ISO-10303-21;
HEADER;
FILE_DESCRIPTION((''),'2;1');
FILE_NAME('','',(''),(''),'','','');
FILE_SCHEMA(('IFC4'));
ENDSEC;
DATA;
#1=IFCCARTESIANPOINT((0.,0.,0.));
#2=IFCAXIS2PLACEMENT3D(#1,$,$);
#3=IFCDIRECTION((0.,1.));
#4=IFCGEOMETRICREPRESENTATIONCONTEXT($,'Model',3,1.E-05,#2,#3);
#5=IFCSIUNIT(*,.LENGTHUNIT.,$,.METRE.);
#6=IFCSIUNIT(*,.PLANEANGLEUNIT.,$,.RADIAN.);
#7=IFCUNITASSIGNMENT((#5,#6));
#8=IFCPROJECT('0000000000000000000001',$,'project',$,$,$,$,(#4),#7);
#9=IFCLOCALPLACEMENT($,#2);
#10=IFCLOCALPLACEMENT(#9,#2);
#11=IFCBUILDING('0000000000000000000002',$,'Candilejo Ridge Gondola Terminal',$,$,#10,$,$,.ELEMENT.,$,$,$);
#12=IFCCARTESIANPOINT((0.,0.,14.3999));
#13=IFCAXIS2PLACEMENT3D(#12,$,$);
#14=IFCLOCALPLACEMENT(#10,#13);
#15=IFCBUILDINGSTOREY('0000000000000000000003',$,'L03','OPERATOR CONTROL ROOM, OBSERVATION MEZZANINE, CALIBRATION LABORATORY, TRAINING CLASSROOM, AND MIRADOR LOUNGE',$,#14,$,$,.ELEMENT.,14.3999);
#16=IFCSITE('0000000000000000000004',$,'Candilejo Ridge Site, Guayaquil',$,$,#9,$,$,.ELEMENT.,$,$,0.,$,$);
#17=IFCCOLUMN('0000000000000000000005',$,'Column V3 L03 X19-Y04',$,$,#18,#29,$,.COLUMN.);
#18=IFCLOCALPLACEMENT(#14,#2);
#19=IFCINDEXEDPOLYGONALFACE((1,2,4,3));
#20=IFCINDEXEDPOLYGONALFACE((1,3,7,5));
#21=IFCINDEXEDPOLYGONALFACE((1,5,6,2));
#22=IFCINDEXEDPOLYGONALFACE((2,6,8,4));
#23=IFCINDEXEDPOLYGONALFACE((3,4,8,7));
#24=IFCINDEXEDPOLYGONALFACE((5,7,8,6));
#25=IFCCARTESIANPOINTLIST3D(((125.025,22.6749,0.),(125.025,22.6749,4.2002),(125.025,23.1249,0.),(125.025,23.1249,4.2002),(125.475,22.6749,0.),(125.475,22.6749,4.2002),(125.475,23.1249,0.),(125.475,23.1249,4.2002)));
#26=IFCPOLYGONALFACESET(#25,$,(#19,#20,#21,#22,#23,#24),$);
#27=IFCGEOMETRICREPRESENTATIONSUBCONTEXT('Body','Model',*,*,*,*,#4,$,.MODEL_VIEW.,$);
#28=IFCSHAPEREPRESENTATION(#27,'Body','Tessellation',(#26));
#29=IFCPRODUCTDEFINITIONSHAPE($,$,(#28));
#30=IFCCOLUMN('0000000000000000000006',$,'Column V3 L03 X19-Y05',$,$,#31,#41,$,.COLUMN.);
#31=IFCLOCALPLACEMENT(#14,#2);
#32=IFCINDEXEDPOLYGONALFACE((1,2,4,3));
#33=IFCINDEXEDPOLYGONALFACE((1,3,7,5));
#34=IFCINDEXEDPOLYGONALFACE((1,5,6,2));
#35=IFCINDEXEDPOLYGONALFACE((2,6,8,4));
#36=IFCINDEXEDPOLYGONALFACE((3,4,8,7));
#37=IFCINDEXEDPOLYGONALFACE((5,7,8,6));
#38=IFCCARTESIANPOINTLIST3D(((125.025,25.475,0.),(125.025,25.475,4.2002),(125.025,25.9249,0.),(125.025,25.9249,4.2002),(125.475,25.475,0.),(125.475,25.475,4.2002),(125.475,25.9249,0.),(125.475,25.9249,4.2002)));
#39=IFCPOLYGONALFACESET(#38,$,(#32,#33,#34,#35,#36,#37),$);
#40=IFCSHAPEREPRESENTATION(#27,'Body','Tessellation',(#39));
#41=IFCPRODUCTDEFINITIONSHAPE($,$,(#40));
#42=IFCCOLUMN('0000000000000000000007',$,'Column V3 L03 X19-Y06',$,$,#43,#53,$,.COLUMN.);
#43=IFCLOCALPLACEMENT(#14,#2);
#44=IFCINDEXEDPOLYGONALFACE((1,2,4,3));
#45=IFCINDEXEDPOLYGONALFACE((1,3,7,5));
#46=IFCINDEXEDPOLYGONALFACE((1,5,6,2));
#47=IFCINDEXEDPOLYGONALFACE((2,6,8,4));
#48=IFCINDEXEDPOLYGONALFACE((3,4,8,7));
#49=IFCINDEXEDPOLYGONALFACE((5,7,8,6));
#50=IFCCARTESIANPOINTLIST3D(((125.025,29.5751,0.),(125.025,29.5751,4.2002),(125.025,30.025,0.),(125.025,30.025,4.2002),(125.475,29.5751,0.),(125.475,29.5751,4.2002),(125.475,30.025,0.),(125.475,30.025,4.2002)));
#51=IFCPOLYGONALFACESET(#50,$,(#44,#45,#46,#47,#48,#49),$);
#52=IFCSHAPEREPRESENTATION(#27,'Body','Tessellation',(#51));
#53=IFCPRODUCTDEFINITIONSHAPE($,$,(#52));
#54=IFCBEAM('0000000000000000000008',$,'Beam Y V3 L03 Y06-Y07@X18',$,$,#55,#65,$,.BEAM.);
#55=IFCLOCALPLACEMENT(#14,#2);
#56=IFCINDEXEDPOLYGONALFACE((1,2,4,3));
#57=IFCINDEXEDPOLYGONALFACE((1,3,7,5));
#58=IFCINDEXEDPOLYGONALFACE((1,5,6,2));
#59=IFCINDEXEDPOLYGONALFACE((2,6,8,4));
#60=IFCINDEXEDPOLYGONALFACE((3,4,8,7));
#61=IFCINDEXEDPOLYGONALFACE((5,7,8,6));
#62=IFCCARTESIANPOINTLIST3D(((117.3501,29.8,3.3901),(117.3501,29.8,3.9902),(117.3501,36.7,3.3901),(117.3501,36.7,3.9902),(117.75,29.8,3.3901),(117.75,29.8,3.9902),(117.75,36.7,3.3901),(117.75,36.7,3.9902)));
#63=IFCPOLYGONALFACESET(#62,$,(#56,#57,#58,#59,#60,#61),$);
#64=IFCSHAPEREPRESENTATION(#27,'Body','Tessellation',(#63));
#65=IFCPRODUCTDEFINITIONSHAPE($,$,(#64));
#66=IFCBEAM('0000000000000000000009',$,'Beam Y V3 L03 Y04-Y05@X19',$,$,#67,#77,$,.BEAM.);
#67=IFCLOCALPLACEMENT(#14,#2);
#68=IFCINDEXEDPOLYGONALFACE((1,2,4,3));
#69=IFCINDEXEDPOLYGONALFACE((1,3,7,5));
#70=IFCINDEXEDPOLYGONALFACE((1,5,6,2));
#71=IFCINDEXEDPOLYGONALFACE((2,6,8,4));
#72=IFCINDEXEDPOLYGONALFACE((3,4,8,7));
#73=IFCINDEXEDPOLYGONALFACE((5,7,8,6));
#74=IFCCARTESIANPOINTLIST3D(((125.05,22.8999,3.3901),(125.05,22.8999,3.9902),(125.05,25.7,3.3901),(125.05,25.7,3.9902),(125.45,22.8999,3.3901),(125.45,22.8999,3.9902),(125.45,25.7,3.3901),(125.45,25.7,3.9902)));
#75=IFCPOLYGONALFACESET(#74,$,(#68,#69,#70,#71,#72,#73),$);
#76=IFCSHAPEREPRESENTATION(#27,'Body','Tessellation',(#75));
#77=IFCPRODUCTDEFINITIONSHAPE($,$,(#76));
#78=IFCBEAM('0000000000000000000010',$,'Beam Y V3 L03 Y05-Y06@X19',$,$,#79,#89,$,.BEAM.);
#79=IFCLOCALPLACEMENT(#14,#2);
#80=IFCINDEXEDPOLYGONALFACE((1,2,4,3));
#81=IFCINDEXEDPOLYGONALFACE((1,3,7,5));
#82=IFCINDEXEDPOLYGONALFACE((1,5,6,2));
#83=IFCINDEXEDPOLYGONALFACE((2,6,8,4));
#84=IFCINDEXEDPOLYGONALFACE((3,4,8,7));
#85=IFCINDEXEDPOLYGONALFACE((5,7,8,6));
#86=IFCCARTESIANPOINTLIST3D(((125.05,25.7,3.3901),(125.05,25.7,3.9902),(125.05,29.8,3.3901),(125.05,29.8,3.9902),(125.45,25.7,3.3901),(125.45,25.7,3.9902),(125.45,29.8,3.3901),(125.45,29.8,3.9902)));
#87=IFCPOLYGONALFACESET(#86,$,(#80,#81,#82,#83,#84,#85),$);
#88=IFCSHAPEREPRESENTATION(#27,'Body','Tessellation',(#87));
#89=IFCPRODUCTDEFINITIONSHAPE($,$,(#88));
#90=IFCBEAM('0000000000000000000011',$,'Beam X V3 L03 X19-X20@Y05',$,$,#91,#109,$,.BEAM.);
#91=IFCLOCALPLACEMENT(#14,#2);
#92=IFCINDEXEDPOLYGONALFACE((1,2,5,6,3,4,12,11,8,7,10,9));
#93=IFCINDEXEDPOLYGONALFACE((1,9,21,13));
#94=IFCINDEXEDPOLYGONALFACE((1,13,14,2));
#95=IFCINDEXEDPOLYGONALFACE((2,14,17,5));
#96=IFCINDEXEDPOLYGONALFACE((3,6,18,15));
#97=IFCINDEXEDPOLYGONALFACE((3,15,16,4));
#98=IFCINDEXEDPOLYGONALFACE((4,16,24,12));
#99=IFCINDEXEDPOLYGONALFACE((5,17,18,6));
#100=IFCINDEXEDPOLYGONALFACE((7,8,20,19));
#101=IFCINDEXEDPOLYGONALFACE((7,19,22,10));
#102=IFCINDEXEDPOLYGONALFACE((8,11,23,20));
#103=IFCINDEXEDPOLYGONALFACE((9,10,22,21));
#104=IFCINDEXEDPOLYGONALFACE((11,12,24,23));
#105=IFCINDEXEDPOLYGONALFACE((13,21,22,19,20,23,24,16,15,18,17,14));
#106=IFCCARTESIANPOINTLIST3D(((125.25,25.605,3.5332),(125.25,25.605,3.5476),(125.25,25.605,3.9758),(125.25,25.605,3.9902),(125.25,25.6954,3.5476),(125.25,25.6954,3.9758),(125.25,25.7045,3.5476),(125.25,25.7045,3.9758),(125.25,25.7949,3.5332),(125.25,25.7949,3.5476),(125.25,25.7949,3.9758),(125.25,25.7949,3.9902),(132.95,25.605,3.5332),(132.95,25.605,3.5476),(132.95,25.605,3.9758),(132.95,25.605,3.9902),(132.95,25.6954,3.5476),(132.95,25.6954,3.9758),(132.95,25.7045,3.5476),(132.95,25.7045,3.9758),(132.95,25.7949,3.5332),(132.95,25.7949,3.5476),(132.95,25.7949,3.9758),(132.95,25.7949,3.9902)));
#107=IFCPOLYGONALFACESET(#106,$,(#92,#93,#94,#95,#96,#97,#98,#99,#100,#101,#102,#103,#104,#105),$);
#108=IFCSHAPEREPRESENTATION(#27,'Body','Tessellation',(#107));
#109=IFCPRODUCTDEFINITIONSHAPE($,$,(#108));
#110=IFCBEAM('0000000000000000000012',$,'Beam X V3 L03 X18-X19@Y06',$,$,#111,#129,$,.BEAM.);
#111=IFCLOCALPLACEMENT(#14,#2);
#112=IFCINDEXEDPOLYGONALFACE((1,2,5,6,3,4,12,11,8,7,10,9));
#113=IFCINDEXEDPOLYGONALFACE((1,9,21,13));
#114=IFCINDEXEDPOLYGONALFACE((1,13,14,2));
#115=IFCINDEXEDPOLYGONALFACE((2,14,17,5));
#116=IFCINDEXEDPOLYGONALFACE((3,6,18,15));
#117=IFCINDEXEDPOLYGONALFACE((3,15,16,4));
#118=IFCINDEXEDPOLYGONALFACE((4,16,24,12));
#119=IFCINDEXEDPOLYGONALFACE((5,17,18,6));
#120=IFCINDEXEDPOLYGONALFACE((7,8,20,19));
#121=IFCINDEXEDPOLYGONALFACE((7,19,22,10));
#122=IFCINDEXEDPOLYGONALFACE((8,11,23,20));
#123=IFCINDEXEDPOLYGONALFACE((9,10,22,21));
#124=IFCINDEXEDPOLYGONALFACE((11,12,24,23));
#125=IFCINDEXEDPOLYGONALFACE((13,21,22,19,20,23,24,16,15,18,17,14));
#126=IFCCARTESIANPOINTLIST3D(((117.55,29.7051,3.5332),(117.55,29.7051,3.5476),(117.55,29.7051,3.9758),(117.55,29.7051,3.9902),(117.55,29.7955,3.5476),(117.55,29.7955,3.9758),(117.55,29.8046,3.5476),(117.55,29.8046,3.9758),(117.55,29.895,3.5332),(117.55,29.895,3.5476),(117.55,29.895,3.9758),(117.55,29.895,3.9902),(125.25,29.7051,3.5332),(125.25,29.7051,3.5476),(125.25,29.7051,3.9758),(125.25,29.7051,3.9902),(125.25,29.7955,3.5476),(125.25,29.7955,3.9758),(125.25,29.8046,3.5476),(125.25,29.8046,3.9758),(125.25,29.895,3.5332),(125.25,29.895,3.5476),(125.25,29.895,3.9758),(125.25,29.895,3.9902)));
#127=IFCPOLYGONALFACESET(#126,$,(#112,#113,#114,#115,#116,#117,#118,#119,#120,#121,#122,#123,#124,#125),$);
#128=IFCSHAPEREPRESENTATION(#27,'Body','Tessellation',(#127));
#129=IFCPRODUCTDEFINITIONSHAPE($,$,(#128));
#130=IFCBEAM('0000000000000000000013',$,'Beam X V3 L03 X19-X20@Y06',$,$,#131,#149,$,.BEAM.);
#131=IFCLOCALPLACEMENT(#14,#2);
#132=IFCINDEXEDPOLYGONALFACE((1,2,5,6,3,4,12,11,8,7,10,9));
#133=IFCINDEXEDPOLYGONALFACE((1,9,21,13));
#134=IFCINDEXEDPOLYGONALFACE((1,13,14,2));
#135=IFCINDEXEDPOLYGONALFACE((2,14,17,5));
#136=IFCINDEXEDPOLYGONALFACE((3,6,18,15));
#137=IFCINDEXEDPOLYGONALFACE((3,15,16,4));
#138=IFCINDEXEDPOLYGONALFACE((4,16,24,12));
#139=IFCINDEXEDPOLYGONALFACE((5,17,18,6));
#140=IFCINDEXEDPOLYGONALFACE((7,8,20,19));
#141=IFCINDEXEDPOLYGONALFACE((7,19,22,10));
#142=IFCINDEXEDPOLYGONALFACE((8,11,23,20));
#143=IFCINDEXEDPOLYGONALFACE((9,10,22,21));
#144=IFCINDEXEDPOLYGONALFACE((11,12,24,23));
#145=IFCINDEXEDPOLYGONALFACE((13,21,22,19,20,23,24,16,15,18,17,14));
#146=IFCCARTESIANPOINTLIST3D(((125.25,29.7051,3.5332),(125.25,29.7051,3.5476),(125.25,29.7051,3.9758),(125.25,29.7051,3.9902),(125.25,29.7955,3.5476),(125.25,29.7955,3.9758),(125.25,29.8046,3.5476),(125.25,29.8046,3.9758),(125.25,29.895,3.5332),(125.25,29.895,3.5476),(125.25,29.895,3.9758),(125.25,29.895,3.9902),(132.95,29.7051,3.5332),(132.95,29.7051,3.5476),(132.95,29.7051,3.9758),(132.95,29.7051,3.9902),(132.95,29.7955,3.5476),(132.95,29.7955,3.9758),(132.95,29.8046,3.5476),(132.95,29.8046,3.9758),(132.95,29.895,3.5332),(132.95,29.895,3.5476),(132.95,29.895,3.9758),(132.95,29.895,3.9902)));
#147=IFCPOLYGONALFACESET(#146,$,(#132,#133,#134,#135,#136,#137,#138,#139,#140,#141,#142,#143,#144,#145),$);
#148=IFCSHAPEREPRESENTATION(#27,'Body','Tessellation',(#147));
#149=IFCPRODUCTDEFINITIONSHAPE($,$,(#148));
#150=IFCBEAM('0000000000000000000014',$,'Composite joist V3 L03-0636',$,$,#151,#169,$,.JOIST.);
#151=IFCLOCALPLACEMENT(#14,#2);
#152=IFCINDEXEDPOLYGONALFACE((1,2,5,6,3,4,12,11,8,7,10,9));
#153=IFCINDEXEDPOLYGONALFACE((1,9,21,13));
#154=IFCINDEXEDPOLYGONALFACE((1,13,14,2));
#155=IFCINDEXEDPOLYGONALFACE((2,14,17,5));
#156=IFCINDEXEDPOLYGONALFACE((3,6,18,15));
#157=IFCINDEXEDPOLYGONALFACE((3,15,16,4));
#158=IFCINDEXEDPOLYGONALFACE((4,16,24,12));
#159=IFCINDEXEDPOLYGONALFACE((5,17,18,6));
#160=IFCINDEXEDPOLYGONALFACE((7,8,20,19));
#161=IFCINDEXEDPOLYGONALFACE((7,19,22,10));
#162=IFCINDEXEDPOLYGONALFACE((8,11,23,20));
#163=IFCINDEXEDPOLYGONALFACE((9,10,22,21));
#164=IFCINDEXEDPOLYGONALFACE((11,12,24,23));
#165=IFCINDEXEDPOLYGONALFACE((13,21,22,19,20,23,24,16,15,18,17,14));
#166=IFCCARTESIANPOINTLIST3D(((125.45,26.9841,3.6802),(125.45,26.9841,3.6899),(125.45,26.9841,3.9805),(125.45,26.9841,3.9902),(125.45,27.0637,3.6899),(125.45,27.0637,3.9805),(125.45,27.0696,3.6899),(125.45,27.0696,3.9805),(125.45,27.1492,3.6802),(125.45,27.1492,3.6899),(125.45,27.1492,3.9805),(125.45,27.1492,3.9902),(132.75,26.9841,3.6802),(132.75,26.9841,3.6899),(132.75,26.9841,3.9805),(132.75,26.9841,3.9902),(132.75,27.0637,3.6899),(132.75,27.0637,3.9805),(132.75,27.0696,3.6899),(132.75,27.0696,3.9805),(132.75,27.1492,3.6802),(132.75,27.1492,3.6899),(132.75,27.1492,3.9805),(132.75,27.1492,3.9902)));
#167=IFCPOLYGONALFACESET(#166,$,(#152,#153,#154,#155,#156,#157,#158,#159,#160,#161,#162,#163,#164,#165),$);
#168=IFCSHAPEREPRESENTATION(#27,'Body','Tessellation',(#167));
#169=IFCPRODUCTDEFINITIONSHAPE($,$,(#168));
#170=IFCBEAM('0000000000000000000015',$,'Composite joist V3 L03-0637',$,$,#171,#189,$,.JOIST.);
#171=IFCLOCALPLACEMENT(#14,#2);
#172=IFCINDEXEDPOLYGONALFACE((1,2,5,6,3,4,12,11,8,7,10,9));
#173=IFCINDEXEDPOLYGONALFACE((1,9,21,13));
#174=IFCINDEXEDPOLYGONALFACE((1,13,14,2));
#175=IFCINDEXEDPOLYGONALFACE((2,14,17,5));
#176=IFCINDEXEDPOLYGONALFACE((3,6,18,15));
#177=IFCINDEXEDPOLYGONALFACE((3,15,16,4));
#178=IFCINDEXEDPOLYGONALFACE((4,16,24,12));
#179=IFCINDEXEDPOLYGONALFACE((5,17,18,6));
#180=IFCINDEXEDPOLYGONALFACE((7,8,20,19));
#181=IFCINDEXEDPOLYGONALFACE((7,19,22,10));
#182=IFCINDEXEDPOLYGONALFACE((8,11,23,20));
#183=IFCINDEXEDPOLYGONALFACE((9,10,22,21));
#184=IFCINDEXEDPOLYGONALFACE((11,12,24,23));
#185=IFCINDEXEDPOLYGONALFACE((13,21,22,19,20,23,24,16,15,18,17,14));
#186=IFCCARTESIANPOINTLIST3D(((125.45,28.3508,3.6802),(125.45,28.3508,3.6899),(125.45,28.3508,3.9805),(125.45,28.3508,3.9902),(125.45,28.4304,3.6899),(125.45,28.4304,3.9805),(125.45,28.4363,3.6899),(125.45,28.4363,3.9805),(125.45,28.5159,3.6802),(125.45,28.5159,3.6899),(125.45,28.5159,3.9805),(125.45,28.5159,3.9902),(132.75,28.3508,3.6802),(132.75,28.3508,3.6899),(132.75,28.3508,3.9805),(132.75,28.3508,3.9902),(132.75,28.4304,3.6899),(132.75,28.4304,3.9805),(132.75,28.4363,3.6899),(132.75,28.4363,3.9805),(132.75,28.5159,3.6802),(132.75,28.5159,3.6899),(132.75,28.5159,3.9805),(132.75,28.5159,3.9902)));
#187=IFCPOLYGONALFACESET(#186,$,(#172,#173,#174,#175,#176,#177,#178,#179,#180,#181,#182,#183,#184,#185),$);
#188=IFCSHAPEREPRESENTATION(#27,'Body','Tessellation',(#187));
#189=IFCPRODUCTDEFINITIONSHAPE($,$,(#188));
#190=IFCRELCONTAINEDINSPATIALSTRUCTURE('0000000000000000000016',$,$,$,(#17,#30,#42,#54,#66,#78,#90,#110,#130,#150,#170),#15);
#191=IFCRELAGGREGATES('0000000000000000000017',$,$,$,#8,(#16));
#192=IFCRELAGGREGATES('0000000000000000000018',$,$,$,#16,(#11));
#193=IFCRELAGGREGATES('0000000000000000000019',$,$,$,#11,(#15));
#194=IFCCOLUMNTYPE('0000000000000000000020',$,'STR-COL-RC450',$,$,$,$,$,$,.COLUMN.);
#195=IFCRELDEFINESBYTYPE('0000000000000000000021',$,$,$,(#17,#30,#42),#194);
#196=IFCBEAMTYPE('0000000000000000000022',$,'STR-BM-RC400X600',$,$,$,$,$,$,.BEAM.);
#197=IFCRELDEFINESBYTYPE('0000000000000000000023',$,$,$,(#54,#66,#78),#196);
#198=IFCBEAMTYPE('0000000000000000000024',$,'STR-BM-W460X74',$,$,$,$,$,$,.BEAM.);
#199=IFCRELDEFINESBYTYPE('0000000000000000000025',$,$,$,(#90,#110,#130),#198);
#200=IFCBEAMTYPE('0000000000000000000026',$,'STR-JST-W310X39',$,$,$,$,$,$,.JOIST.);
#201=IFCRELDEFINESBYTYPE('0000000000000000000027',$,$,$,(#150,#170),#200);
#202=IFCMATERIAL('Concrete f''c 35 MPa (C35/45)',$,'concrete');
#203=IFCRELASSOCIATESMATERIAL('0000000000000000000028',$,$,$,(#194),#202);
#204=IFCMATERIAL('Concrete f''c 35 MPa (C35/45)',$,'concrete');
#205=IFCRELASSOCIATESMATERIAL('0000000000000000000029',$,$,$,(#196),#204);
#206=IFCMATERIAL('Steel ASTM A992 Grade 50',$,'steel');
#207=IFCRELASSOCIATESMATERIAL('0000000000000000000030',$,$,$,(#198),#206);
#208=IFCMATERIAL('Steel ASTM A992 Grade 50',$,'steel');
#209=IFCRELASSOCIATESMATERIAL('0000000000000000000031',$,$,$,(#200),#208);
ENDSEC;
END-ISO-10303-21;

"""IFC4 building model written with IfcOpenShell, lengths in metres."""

from ifc_helpers import new_model, si_unit, direction, frame, origin, origin_2d, place, context, subcontext, project, spatial, rectangle, i_section, extrude, material, material_profile, profile_set, type_object, element, save


model = new_model("IFC4")

# Units and contexts
model_context = context("Model", 3, precision=1e-05, world=origin(), true_north=direction((0.0, 1.0)))
body_context = subcontext(model_context, "Body", "Model", "MODEL_VIEW")
ifc_project = project(units=[si_unit("LENGTHUNIT", "METRE"), si_unit("PLANEANGLEUNIT", "RADIAN")], contexts=[model_context])

# Site, building, storey
site_placement = place(None, origin())
site = spatial("IfcSite", under=ifc_project, at=site_placement, Name="Candilejo Ridge Site, Guayaquil", CompositionType="ELEMENT", RefElevation=0.0)
building_placement = place(site_placement, origin())
building = spatial("IfcBuilding", under=site, at=building_placement, Name="Candilejo Ridge Gondola Terminal", CompositionType="ELEMENT")
storey_placement = place(building_placement, frame((0.0, 0.0, 14.3999)))
storey = spatial("IfcBuildingStorey", under=building, at=storey_placement, Name="L03", Description="OPERATOR CONTROL ROOM, OBSERVATION MEZZANINE, CALIBRATION LABORATORY, TRAINING CLASSROOM, AND MIRADOR LOUNGE", CompositionType="ELEMENT", Elevation=14.3999)

# Columns
ifc_material_1 = material(Name="Concrete f'c 35 MPa (C35/45)", Category="concrete")
ifc_material_profile_1 = material_profile(ifc_material_1, rectangle(XDim=0.45, YDim=0.45, at=origin_2d()))
ifc_profile_set_1 = profile_set([ifc_material_profile_1], Name="Concrete f'c 35 MPa (C35/45)")
column_type = type_object("IfcColumnType", Name="STR-COL-RC450", PredefinedType="COLUMN", material=ifc_profile_set_1)
for number, where, z_axis, x_axis, name in (
    (1, (125.25, 22.8999, 0.0), (0.0, 0.0, 1.0), (1.0, 0.0, 0.0), "Column V3 L03 X19-Y04"),
    (2, (125.25, 25.7, 0.0), (0.0, 0.0, 1.0), (1.0, 0.0, 0.0), "Column V3 L03 X19-Y05"),
    (3, (125.25, 29.8, 0.0), (0.0, 0.0, 1.0), (1.0, 0.0, 0.0), "Column V3 L03 X19-Y06"),
):
    element("IfcColumn", number, at=place(storey_placement, frame(where, z_axis=z_axis, x_axis=x_axis)), inside=storey, type_object=column_type, Name=name, PredefinedType="COLUMN", context=body_context, shape_type="SweptSolid", body=[
        extrude(rectangle(XDim=0.45, YDim=0.45, at=origin_2d()), origin(), (0.0, 0.0, 1.0), 4.2002),
    ])

# Beams
ifc_material_2 = material(Name="Concrete f'c 35 MPa (C35/45)", Category="concrete")
ifc_material_profile_2 = material_profile(ifc_material_2, rectangle(XDim=0.3999, YDim=0.6001, at=origin_2d()))
ifc_profile_set_2 = profile_set([ifc_material_profile_2], Name="Concrete f'c 35 MPa (C35/45)")
beam_type_1 = type_object("IfcBeamType", Name="STR-BM-RC400X600", PredefinedType="BEAM", material=ifc_profile_set_2)
beam_1_placement = place(storey_placement, frame((117.55, 29.8, 3.6902), z_axis=(0.0, 1.0, 0.0), x_axis=(-1.0, 0.0, 0.0)))
element("IfcBeam", 4, at=beam_1_placement, inside=storey, type_object=beam_type_1, Name="Beam Y V3 L03 Y06-Y07@X18", PredefinedType="BEAM", context=body_context, shape_type="SweptSolid", body=[
    extrude(rectangle(XDim=0.3999, YDim=0.6001, at=origin_2d()), origin(), (0.0, 0.0, 1.0), 6.8999),
])
beam_2_placement = place(storey_placement, frame((125.25, 22.8999, 3.6902), z_axis=(0.0, 1.0, 0.0), x_axis=(-1.0, 0.0, 0.0)))
element("IfcBeam", 5, at=beam_2_placement, inside=storey, type_object=beam_type_1, Name="Beam Y V3 L03 Y04-Y05@X19", PredefinedType="BEAM", context=body_context, shape_type="SweptSolid", body=[
    extrude(rectangle(XDim=0.3999, YDim=0.6001, at=origin_2d()), origin(), (0.0, 0.0, 1.0), 2.8),
])
beam_3_placement = place(storey_placement, frame((125.25, 25.7, 3.6902), z_axis=(0.0, 1.0, 0.0), x_axis=(-1.0, 0.0, 0.0)))
element("IfcBeam", 6, at=beam_3_placement, inside=storey, type_object=beam_type_1, Name="Beam Y V3 L03 Y05-Y06@X19", PredefinedType="BEAM", context=body_context, shape_type="SweptSolid", body=[
    extrude(rectangle(XDim=0.3999, YDim=0.6001, at=origin_2d()), origin(), (0.0, 0.0, 1.0), 4.1001),
])
ifc_material_3 = material(Name="Steel ASTM A992 Grade 50", Category="steel")
ifc_material_profile_3 = material_profile(ifc_material_3, i_section(OverallWidth=0.1899, OverallDepth=0.457, WebThickness=0.009, FlangeThickness=0.0144, at=origin_2d()))
ifc_profile_set_3 = profile_set([ifc_material_profile_3], Name="Steel ASTM A992 Grade 50")
beam_type_2 = type_object("IfcBeamType", Name="STR-BM-W460X74", PredefinedType="BEAM", material=ifc_profile_set_3)
for number, where, z_axis, x_axis, name in (
    (7, (125.25, 25.7, 3.7617), (1.0, 0.0, 0.0), (0.0, 1.0, 0.0), "Beam X V3 L03 X19-X20@Y05"),
    (8, (117.55, 29.8, 3.7617), (1.0, 0.0, 0.0), (0.0, 1.0, 0.0), "Beam X V3 L03 X18-X19@Y06"),
    (9, (125.25, 29.8, 3.7617), (1.0, 0.0, 0.0), (0.0, 1.0, 0.0), "Beam X V3 L03 X19-X20@Y06"),
):
    element("IfcBeam", number, at=place(storey_placement, frame(where, z_axis=z_axis, x_axis=x_axis)), inside=storey, type_object=beam_type_2, Name=name, PredefinedType="BEAM", context=body_context, shape_type="SweptSolid", body=[
        extrude(i_section(OverallWidth=0.1899, OverallDepth=0.457, WebThickness=0.009, FlangeThickness=0.0144, at=origin_2d()), origin(), (0.0, 0.0, 1.0), 7.7),
    ])
ifc_material_4 = material(Name="Steel ASTM A992 Grade 50", Category="steel")
ifc_material_profile_4 = material_profile(ifc_material_4, i_section(OverallWidth=0.165, OverallDepth=0.3101, WebThickness=0.0059, FlangeThickness=0.0098, at=origin_2d()))
ifc_profile_set_4 = profile_set([ifc_material_profile_4], Name="Steel ASTM A992 Grade 50")
beam_type_3 = type_object("IfcBeamType", Name="STR-JST-W310X39", PredefinedType="JOIST", material=ifc_profile_set_4)
for number, where, z_axis, x_axis, name in (
    (10, (125.45, 27.0667, 3.8352), (1.0, 0.0, 0.0), (0.0, 1.0, 0.0), "Composite joist V3 L03-0636"),
    (11, (125.45, 28.4333, 3.8352), (1.0, 0.0, 0.0), (0.0, 1.0, 0.0), "Composite joist V3 L03-0637"),
):
    element("IfcBeam", number, at=place(storey_placement, frame(where, z_axis=z_axis, x_axis=x_axis)), inside=storey, type_object=beam_type_3, Name=name, PredefinedType="JOIST", context=body_context, shape_type="SweptSolid", body=[
        extrude(i_section(OverallWidth=0.165, OverallDepth=0.3101, WebThickness=0.0059, FlangeThickness=0.0098, at=origin_2d()), origin(), (0.0, 0.0, 1.0), 7.3),
    ])

save(model, "model.ifc")
